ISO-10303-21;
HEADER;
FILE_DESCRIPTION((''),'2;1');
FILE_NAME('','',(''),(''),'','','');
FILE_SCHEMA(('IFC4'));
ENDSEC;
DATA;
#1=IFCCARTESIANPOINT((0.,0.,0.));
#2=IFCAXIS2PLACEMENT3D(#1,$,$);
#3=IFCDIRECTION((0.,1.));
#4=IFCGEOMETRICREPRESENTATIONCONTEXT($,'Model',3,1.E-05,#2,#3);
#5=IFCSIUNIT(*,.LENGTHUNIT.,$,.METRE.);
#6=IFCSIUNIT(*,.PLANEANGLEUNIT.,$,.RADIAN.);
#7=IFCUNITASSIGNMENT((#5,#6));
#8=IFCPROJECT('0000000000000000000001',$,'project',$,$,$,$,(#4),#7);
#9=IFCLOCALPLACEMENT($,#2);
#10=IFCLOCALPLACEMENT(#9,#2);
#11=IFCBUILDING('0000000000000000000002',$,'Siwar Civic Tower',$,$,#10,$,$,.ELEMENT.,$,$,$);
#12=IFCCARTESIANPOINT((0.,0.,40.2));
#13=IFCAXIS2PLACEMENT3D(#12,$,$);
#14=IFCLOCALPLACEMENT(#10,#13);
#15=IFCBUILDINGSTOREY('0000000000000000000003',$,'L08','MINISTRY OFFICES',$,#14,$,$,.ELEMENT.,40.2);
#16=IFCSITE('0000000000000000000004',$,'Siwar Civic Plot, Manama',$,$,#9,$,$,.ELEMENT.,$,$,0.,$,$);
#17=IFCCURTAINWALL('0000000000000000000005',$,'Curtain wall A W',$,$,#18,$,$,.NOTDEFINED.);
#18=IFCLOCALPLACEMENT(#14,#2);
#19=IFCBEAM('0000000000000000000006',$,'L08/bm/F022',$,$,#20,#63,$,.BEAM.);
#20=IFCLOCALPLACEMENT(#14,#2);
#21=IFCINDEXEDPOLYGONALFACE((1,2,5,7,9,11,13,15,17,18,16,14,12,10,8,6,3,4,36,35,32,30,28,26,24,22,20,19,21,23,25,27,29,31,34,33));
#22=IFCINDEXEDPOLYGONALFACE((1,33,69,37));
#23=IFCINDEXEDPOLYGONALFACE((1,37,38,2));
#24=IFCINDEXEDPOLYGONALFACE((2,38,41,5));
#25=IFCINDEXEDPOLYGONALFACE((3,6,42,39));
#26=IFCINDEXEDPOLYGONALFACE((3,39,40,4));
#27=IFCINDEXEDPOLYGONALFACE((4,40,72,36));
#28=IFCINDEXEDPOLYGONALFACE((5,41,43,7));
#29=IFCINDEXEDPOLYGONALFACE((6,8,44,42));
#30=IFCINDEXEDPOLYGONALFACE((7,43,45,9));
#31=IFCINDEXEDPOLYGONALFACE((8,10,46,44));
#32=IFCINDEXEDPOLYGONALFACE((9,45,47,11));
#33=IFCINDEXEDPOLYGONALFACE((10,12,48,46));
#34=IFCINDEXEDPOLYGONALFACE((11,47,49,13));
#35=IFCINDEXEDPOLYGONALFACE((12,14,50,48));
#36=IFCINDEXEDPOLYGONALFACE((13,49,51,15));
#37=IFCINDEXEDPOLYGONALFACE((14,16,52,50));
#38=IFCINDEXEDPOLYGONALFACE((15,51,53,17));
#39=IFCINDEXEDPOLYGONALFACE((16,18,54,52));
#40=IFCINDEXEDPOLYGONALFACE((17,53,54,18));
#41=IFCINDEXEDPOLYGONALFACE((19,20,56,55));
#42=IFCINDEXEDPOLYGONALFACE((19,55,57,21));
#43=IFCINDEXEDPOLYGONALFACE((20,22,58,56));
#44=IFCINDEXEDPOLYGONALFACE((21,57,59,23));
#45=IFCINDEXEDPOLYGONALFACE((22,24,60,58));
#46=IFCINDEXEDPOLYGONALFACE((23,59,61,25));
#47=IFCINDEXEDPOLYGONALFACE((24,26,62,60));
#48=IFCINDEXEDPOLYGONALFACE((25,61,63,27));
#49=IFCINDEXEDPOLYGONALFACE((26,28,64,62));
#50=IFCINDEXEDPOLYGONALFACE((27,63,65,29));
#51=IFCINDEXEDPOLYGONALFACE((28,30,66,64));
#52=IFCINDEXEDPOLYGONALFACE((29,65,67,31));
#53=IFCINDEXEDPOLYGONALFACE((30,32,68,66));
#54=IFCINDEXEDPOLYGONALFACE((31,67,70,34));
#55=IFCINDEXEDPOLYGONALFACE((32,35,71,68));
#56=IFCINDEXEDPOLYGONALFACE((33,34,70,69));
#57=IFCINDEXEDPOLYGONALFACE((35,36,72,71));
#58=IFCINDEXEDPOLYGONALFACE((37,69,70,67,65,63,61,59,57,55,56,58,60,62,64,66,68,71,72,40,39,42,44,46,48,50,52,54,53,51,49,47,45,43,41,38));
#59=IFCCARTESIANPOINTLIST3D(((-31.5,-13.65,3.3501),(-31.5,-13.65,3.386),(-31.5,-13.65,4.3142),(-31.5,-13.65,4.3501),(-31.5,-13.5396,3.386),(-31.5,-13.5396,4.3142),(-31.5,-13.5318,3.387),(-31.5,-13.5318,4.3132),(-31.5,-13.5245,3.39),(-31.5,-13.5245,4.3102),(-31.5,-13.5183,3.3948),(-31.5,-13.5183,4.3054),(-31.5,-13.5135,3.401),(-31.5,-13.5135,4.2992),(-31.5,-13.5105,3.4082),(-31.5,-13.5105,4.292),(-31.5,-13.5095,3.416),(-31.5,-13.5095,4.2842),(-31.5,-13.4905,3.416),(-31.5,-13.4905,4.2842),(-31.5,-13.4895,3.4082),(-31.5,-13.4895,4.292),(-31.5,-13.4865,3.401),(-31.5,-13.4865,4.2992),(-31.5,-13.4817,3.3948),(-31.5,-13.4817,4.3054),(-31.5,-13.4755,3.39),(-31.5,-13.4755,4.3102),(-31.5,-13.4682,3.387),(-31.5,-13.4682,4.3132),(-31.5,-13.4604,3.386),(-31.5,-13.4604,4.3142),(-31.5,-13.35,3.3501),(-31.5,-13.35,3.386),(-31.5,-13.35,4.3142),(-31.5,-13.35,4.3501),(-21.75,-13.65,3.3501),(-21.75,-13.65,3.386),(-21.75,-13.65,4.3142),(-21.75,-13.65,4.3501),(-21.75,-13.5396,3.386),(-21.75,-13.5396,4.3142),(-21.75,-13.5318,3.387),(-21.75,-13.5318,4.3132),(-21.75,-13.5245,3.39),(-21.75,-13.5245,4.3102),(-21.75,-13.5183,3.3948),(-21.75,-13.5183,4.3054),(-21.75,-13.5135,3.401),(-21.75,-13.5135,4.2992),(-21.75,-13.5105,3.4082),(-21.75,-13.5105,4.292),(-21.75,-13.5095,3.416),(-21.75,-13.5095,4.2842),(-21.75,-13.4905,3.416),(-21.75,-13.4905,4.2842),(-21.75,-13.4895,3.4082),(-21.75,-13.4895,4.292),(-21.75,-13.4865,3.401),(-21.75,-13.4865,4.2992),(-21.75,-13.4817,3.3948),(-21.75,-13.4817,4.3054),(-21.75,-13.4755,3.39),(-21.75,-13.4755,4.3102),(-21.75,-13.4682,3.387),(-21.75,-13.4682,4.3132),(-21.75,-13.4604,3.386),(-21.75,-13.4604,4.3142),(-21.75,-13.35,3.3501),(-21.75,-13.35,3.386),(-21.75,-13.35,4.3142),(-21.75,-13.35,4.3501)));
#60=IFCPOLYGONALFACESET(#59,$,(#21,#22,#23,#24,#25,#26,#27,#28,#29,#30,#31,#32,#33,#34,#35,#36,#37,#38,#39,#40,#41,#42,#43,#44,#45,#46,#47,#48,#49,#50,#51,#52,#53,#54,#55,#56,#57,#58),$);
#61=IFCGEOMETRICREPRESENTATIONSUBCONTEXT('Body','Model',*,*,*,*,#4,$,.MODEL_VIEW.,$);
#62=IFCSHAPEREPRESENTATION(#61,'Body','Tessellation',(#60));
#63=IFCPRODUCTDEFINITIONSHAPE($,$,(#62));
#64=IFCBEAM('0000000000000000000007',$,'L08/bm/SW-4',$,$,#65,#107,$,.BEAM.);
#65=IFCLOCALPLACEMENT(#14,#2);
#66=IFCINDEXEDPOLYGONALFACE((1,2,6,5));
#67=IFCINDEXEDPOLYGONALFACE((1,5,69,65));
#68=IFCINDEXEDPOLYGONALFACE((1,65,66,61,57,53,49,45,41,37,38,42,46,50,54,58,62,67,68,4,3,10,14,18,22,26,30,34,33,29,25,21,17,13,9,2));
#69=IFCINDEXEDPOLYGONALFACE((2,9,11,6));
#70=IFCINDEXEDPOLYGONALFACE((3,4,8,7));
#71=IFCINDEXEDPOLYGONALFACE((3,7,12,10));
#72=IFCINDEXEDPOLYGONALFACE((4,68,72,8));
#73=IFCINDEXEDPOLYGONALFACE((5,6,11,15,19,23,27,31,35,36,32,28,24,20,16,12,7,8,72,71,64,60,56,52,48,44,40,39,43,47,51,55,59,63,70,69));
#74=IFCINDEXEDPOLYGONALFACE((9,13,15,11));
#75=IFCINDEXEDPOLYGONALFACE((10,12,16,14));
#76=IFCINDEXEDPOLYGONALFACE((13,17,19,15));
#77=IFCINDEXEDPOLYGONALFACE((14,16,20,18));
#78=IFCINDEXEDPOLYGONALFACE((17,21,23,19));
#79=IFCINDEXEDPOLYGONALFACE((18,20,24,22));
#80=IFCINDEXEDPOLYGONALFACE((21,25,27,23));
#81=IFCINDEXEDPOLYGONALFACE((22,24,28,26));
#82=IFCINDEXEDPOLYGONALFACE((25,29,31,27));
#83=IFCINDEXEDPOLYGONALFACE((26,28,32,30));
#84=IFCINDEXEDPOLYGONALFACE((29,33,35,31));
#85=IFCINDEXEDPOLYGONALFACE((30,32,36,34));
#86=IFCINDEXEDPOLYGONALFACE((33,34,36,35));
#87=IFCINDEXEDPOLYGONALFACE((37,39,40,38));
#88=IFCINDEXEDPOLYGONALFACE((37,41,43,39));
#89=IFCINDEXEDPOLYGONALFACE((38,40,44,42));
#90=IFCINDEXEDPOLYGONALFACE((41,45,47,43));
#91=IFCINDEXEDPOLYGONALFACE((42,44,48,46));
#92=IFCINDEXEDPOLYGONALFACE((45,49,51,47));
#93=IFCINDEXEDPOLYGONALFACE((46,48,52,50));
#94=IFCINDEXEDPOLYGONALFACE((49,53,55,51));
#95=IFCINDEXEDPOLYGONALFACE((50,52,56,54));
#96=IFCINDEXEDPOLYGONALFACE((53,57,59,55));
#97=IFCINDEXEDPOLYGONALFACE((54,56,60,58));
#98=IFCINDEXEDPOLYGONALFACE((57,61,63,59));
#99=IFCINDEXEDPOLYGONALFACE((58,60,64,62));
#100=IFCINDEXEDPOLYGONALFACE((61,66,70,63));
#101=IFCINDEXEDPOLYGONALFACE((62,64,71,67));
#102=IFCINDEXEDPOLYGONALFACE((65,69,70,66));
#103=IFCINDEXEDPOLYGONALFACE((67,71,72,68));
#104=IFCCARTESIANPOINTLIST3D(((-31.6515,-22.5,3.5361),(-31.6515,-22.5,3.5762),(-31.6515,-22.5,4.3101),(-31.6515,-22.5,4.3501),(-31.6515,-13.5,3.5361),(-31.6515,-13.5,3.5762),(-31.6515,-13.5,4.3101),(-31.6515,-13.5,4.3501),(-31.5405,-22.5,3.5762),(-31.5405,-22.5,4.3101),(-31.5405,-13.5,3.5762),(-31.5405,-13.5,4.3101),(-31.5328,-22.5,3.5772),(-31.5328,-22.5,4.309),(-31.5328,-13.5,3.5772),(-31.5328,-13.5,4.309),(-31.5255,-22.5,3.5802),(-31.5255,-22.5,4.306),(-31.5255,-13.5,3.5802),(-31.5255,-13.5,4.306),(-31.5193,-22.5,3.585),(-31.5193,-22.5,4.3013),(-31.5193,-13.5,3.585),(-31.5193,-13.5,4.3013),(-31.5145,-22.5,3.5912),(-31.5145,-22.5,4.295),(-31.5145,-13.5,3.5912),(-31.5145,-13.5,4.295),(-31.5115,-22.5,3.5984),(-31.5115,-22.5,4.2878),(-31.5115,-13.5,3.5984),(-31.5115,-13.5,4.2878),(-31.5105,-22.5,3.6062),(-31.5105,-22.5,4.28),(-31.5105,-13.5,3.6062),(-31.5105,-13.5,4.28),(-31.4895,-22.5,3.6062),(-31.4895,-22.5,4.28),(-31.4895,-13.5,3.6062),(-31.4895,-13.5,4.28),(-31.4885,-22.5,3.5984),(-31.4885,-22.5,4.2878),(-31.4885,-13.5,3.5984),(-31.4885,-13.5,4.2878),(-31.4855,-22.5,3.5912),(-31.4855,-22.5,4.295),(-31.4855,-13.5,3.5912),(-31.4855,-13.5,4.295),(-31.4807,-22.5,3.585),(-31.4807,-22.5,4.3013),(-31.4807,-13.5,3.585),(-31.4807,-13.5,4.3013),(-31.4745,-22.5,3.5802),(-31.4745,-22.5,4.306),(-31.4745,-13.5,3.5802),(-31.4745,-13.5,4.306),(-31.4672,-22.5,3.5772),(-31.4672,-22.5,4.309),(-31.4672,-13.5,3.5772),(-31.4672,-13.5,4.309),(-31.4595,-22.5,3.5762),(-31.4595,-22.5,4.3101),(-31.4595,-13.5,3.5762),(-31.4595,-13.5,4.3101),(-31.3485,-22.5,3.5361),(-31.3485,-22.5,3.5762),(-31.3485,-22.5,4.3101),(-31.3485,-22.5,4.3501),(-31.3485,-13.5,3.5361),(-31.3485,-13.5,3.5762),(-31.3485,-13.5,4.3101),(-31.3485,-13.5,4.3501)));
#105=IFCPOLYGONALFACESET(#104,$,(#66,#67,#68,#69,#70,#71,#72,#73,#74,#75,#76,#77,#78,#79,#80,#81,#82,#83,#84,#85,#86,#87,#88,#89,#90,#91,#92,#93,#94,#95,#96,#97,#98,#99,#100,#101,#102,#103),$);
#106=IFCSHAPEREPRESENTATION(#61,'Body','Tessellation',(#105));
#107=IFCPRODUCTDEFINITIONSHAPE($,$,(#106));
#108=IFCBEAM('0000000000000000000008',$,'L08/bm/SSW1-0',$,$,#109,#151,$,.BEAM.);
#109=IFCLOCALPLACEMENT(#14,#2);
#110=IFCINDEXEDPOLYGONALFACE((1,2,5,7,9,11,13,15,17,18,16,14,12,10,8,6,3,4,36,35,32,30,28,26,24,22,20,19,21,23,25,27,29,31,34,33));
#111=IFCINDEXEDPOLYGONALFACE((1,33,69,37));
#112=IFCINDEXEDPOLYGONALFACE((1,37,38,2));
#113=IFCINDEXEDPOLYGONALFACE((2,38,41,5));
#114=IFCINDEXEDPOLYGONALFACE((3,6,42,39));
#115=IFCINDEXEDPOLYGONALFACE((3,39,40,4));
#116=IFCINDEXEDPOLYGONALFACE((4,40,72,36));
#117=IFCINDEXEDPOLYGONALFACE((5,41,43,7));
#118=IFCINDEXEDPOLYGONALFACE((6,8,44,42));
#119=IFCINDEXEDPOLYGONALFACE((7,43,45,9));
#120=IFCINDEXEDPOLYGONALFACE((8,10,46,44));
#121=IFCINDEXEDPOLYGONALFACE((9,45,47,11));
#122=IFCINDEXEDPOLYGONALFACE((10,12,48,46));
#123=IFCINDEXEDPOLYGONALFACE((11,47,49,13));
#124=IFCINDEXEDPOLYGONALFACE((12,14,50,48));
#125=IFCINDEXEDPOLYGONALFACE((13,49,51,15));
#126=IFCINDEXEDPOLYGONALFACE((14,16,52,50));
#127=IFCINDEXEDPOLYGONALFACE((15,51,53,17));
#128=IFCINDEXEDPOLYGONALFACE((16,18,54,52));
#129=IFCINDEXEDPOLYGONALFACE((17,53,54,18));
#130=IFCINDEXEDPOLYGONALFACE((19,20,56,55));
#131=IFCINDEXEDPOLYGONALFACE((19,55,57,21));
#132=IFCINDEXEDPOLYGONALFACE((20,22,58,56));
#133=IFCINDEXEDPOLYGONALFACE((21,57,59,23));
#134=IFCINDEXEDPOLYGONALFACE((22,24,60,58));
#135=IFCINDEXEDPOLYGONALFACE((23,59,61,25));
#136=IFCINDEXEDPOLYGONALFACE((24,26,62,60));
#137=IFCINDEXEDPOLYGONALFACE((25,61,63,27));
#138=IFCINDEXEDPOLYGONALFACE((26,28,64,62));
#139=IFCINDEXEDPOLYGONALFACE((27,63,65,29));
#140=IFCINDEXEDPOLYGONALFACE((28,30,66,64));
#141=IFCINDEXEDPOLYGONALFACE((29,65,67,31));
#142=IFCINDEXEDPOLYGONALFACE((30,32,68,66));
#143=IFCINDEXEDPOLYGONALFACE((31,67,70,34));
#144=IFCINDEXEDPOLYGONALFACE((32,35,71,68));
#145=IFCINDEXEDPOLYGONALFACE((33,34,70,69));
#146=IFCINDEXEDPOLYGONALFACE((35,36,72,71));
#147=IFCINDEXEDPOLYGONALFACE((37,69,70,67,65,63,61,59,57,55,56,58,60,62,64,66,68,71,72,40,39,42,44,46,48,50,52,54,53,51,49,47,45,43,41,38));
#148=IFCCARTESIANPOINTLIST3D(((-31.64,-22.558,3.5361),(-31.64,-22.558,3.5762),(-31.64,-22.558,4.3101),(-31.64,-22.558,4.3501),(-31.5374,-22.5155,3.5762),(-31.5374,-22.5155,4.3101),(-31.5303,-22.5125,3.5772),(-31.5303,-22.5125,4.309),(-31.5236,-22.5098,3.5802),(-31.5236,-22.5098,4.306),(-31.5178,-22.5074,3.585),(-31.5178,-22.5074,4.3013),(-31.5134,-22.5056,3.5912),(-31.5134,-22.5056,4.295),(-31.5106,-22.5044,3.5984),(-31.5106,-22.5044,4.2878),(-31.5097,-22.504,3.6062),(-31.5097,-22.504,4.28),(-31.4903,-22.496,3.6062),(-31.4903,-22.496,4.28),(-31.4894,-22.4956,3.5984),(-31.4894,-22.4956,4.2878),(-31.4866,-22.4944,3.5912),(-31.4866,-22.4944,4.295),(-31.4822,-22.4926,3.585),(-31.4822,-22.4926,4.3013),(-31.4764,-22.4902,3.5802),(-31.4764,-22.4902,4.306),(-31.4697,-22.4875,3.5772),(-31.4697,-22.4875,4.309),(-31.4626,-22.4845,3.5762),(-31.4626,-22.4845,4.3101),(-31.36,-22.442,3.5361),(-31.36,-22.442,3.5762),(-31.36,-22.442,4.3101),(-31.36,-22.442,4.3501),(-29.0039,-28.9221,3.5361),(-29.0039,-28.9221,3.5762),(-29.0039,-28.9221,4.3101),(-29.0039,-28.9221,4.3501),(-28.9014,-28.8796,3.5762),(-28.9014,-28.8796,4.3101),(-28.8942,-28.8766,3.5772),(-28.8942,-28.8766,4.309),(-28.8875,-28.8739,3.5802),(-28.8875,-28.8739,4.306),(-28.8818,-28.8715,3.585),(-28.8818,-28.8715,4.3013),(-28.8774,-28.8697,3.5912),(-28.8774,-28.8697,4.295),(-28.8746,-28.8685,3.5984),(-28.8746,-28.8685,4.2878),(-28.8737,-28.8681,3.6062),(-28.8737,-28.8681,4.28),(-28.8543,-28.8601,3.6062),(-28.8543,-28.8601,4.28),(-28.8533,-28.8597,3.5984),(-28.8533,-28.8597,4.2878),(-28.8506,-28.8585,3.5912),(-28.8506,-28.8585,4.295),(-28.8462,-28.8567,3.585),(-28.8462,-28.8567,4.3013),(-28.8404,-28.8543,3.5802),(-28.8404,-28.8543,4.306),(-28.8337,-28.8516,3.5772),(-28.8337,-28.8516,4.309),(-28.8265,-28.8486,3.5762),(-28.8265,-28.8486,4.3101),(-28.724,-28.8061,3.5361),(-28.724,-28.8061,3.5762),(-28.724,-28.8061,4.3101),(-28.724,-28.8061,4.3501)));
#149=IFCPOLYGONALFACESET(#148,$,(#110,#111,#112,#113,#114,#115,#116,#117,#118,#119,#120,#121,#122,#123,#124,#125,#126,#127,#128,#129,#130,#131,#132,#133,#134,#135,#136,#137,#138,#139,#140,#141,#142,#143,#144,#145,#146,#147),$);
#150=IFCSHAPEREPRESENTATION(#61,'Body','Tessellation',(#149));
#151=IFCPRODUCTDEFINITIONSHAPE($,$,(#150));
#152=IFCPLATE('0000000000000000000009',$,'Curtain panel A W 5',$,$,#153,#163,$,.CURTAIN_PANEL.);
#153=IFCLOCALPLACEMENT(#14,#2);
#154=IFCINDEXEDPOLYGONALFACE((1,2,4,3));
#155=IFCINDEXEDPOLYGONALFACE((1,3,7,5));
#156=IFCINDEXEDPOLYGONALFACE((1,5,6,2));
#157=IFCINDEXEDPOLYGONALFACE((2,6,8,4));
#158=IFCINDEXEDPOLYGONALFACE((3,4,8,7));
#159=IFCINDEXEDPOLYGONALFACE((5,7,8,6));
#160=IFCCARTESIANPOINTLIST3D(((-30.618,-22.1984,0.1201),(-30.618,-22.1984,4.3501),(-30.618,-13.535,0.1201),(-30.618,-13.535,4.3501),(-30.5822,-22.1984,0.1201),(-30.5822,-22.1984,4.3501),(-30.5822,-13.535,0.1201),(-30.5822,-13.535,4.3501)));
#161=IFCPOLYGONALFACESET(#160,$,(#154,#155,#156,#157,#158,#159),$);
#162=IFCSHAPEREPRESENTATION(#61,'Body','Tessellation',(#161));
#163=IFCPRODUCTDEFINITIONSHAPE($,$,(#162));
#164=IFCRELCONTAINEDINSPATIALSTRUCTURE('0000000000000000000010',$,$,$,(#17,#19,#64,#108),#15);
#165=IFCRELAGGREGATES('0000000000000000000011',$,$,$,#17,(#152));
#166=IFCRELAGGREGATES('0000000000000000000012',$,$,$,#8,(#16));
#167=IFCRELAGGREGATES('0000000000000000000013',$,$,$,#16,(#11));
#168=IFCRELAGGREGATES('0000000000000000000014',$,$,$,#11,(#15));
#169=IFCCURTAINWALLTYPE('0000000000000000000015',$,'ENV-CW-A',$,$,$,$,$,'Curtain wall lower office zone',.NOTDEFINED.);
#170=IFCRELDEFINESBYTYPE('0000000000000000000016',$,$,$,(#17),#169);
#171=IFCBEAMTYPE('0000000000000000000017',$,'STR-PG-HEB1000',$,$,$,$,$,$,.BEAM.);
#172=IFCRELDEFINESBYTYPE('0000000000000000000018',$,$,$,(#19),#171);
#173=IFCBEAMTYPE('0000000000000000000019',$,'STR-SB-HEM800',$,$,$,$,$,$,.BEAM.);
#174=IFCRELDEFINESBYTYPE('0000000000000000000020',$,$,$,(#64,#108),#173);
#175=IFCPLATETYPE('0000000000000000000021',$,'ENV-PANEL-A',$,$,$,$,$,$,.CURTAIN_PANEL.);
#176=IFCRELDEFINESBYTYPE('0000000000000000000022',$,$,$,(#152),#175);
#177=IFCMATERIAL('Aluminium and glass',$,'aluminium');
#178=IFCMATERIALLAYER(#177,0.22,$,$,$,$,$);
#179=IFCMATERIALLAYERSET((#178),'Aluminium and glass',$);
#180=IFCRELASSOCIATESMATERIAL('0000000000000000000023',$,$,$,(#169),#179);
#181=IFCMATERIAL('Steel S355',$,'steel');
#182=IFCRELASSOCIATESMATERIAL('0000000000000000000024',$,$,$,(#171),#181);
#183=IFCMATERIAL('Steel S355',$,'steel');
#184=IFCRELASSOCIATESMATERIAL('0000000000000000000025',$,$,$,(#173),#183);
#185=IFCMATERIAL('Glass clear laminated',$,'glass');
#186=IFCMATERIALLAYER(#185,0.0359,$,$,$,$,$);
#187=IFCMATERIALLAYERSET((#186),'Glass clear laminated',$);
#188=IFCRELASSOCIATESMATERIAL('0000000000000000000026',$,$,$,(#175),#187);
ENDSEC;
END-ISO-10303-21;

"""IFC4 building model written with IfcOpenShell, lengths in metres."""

from ifc_helpers import new_model, si_unit, direction, frame, origin, origin_2d, place, context, subcontext, project, spatial, rectangle, i_section, extrude, material, layer, layer_set, material_profile, profile_set, type_object, element, aggregate, save


model = new_model("IFC4")

# Units and contexts
model_context = context("Model", 3, precision=1e-05, world=origin(), true_north=direction((0.0, 1.0)))
body_context = subcontext(model_context, "Body", "Model", "MODEL_VIEW")
ifc_project = project(units=[si_unit("LENGTHUNIT", "METRE"), si_unit("PLANEANGLEUNIT", "RADIAN")], contexts=[model_context])

# Site, building, storey
site_placement = place(None, origin())
site = spatial("IfcSite", under=ifc_project, at=site_placement, Name="Siwar Civic Plot, Manama", CompositionType="ELEMENT", RefElevation=0.0)
building_placement = place(site_placement, origin())
building = spatial("IfcBuilding", under=site, at=building_placement, Name="Siwar Civic Tower", CompositionType="ELEMENT")
storey_placement = place(building_placement, frame((0.0, 0.0, 40.2)))
storey = spatial("IfcBuildingStorey", under=building, at=storey_placement, Name="L08", Description="MINISTRY OFFICES", CompositionType="ELEMENT", Elevation=40.2)

# Curtain wall
ifc_material_1 = material(Name="Aluminium and glass", Category="aluminium")
ifc_layer_1 = layer(ifc_material_1, 0.22)
ifc_layer_set_1 = layer_set([ifc_layer_1], Name="Aluminium and glass")
curtain_wall_type_1 = type_object("IfcCurtainWallType", Name="ENV-CW-A", ElementType="Curtain wall lower office zone", PredefinedType="NOTDEFINED", material=ifc_layer_set_1)
curtain_wall_1_placement = place(storey_placement, origin())
curtain_wall_1 = element("IfcCurtainWall", 1, at=curtain_wall_1_placement, inside=storey, type_object=curtain_wall_type_1, Name="Curtain wall A W", PredefinedType="NOTDEFINED")

# Beams
ifc_material_2 = material(Name="Steel S355", Category="steel")
ifc_material_profile_1 = material_profile(ifc_material_2, i_section(OverallWidth=0.3, OverallDepth=1.0, WebThickness=0.019, FlangeThickness=0.0359, FilletRadius=0.03, at=origin_2d()), Name="HEB1000")
ifc_profile_set_1 = profile_set([ifc_material_profile_1], Name="Steel S355")
beam_type_1 = type_object("IfcBeamType", Name="STR-PG-HEB1000", PredefinedType="BEAM", material=ifc_profile_set_1)
beam_1_placement = place(storey_placement, frame((-31.5, -13.5, 3.8501), z_axis=(1.0, 0.0, 0.0), x_axis=(0.0, 1.0, 0.0)))
element("IfcBeam", 2, at=beam_1_placement, inside=storey, type_object=beam_type_1, Name="L08/bm/F022", PredefinedType="BEAM", context=body_context, shape_type="SweptSolid", body=[
    extrude(i_section(OverallWidth=0.3, OverallDepth=1.0, WebThickness=0.019, FlangeThickness=0.0359, FilletRadius=0.03, at=origin_2d()), origin(), (0.0, 0.0, 1.0), 9.75),
])
ifc_material_3 = material(Name="Steel S355", Category="steel")
ifc_material_profile_2 = material_profile(ifc_material_3, i_section(OverallWidth=0.303, OverallDepth=0.814, WebThickness=0.021, FlangeThickness=0.04, FilletRadius=0.03, at=origin_2d()), Name="HEM800")
ifc_profile_set_2 = profile_set([ifc_material_profile_2], Name="Steel S355")
beam_type_2 = type_object("IfcBeamType", Name="STR-SB-HEM800", PredefinedType="BEAM", material=ifc_profile_set_2)
beam_2_placement = place(storey_placement, frame((-31.5, -13.5, 3.9431), z_axis=(0.0, -1.0, 0.0), x_axis=(1.0, 0.0, 0.0)))
element("IfcBeam", 3, at=beam_2_placement, inside=storey, type_object=beam_type_2, Name="L08/bm/SW-4", PredefinedType="BEAM", context=body_context, shape_type="SweptSolid", body=[
    extrude(i_section(OverallWidth=0.303, OverallDepth=0.814, WebThickness=0.021, FlangeThickness=0.04, FilletRadius=0.03, at=origin_2d()), origin(), (0.0, 0.0, 1.0), 9.0),
])
beam_3_placement = place(storey_placement, frame((-31.5, -22.5, 3.9431), z_axis=(0.382674, -0.923883, 0.0), x_axis=(0.923883, 0.382674, 0.0)))
element("IfcBeam", 4, at=beam_3_placement, inside=storey, type_object=beam_type_2, Name="L08/bm/SSW1-0", PredefinedType="BEAM", context=body_context, shape_type="SweptSolid", body=[
    extrude(i_section(OverallWidth=0.303, OverallDepth=0.814, WebThickness=0.021, FlangeThickness=0.04, FilletRadius=0.03, at=origin_2d()), origin(), (0.0, 0.0, 1.0), 6.8884),
])

# Plate
ifc_material_4 = material(Name="Glass clear laminated", Category="glass")
ifc_layer_2 = layer(ifc_material_4, 0.0359)
ifc_layer_set_2 = layer_set([ifc_layer_2], Name="Glass clear laminated")
plate_type = type_object("IfcPlateType", Name="ENV-PANEL-A", PredefinedType="CURTAIN_PANEL", material=ifc_layer_set_2)
plate_placement = place(storey_placement, frame((-30.6001, -17.8667, 0.1201), z_axis=(0.0, 0.0, 1.0), x_axis=(0.0, -1.0, 0.0)))
plate = element("IfcPlate", 5, at=plate_placement, type_object=plate_type, Name="Curtain panel A W 5", PredefinedType="CURTAIN_PANEL", context=body_context, shape_type="SweptSolid", body=[
    extrude(rectangle(XDim=8.6633, YDim=0.0359, at=origin_2d()), origin(), (0.0, 0.0, 1.0), 4.23),
])
aggregate(curtain_wall_1, [plate])

save(model, "model.ifc")
